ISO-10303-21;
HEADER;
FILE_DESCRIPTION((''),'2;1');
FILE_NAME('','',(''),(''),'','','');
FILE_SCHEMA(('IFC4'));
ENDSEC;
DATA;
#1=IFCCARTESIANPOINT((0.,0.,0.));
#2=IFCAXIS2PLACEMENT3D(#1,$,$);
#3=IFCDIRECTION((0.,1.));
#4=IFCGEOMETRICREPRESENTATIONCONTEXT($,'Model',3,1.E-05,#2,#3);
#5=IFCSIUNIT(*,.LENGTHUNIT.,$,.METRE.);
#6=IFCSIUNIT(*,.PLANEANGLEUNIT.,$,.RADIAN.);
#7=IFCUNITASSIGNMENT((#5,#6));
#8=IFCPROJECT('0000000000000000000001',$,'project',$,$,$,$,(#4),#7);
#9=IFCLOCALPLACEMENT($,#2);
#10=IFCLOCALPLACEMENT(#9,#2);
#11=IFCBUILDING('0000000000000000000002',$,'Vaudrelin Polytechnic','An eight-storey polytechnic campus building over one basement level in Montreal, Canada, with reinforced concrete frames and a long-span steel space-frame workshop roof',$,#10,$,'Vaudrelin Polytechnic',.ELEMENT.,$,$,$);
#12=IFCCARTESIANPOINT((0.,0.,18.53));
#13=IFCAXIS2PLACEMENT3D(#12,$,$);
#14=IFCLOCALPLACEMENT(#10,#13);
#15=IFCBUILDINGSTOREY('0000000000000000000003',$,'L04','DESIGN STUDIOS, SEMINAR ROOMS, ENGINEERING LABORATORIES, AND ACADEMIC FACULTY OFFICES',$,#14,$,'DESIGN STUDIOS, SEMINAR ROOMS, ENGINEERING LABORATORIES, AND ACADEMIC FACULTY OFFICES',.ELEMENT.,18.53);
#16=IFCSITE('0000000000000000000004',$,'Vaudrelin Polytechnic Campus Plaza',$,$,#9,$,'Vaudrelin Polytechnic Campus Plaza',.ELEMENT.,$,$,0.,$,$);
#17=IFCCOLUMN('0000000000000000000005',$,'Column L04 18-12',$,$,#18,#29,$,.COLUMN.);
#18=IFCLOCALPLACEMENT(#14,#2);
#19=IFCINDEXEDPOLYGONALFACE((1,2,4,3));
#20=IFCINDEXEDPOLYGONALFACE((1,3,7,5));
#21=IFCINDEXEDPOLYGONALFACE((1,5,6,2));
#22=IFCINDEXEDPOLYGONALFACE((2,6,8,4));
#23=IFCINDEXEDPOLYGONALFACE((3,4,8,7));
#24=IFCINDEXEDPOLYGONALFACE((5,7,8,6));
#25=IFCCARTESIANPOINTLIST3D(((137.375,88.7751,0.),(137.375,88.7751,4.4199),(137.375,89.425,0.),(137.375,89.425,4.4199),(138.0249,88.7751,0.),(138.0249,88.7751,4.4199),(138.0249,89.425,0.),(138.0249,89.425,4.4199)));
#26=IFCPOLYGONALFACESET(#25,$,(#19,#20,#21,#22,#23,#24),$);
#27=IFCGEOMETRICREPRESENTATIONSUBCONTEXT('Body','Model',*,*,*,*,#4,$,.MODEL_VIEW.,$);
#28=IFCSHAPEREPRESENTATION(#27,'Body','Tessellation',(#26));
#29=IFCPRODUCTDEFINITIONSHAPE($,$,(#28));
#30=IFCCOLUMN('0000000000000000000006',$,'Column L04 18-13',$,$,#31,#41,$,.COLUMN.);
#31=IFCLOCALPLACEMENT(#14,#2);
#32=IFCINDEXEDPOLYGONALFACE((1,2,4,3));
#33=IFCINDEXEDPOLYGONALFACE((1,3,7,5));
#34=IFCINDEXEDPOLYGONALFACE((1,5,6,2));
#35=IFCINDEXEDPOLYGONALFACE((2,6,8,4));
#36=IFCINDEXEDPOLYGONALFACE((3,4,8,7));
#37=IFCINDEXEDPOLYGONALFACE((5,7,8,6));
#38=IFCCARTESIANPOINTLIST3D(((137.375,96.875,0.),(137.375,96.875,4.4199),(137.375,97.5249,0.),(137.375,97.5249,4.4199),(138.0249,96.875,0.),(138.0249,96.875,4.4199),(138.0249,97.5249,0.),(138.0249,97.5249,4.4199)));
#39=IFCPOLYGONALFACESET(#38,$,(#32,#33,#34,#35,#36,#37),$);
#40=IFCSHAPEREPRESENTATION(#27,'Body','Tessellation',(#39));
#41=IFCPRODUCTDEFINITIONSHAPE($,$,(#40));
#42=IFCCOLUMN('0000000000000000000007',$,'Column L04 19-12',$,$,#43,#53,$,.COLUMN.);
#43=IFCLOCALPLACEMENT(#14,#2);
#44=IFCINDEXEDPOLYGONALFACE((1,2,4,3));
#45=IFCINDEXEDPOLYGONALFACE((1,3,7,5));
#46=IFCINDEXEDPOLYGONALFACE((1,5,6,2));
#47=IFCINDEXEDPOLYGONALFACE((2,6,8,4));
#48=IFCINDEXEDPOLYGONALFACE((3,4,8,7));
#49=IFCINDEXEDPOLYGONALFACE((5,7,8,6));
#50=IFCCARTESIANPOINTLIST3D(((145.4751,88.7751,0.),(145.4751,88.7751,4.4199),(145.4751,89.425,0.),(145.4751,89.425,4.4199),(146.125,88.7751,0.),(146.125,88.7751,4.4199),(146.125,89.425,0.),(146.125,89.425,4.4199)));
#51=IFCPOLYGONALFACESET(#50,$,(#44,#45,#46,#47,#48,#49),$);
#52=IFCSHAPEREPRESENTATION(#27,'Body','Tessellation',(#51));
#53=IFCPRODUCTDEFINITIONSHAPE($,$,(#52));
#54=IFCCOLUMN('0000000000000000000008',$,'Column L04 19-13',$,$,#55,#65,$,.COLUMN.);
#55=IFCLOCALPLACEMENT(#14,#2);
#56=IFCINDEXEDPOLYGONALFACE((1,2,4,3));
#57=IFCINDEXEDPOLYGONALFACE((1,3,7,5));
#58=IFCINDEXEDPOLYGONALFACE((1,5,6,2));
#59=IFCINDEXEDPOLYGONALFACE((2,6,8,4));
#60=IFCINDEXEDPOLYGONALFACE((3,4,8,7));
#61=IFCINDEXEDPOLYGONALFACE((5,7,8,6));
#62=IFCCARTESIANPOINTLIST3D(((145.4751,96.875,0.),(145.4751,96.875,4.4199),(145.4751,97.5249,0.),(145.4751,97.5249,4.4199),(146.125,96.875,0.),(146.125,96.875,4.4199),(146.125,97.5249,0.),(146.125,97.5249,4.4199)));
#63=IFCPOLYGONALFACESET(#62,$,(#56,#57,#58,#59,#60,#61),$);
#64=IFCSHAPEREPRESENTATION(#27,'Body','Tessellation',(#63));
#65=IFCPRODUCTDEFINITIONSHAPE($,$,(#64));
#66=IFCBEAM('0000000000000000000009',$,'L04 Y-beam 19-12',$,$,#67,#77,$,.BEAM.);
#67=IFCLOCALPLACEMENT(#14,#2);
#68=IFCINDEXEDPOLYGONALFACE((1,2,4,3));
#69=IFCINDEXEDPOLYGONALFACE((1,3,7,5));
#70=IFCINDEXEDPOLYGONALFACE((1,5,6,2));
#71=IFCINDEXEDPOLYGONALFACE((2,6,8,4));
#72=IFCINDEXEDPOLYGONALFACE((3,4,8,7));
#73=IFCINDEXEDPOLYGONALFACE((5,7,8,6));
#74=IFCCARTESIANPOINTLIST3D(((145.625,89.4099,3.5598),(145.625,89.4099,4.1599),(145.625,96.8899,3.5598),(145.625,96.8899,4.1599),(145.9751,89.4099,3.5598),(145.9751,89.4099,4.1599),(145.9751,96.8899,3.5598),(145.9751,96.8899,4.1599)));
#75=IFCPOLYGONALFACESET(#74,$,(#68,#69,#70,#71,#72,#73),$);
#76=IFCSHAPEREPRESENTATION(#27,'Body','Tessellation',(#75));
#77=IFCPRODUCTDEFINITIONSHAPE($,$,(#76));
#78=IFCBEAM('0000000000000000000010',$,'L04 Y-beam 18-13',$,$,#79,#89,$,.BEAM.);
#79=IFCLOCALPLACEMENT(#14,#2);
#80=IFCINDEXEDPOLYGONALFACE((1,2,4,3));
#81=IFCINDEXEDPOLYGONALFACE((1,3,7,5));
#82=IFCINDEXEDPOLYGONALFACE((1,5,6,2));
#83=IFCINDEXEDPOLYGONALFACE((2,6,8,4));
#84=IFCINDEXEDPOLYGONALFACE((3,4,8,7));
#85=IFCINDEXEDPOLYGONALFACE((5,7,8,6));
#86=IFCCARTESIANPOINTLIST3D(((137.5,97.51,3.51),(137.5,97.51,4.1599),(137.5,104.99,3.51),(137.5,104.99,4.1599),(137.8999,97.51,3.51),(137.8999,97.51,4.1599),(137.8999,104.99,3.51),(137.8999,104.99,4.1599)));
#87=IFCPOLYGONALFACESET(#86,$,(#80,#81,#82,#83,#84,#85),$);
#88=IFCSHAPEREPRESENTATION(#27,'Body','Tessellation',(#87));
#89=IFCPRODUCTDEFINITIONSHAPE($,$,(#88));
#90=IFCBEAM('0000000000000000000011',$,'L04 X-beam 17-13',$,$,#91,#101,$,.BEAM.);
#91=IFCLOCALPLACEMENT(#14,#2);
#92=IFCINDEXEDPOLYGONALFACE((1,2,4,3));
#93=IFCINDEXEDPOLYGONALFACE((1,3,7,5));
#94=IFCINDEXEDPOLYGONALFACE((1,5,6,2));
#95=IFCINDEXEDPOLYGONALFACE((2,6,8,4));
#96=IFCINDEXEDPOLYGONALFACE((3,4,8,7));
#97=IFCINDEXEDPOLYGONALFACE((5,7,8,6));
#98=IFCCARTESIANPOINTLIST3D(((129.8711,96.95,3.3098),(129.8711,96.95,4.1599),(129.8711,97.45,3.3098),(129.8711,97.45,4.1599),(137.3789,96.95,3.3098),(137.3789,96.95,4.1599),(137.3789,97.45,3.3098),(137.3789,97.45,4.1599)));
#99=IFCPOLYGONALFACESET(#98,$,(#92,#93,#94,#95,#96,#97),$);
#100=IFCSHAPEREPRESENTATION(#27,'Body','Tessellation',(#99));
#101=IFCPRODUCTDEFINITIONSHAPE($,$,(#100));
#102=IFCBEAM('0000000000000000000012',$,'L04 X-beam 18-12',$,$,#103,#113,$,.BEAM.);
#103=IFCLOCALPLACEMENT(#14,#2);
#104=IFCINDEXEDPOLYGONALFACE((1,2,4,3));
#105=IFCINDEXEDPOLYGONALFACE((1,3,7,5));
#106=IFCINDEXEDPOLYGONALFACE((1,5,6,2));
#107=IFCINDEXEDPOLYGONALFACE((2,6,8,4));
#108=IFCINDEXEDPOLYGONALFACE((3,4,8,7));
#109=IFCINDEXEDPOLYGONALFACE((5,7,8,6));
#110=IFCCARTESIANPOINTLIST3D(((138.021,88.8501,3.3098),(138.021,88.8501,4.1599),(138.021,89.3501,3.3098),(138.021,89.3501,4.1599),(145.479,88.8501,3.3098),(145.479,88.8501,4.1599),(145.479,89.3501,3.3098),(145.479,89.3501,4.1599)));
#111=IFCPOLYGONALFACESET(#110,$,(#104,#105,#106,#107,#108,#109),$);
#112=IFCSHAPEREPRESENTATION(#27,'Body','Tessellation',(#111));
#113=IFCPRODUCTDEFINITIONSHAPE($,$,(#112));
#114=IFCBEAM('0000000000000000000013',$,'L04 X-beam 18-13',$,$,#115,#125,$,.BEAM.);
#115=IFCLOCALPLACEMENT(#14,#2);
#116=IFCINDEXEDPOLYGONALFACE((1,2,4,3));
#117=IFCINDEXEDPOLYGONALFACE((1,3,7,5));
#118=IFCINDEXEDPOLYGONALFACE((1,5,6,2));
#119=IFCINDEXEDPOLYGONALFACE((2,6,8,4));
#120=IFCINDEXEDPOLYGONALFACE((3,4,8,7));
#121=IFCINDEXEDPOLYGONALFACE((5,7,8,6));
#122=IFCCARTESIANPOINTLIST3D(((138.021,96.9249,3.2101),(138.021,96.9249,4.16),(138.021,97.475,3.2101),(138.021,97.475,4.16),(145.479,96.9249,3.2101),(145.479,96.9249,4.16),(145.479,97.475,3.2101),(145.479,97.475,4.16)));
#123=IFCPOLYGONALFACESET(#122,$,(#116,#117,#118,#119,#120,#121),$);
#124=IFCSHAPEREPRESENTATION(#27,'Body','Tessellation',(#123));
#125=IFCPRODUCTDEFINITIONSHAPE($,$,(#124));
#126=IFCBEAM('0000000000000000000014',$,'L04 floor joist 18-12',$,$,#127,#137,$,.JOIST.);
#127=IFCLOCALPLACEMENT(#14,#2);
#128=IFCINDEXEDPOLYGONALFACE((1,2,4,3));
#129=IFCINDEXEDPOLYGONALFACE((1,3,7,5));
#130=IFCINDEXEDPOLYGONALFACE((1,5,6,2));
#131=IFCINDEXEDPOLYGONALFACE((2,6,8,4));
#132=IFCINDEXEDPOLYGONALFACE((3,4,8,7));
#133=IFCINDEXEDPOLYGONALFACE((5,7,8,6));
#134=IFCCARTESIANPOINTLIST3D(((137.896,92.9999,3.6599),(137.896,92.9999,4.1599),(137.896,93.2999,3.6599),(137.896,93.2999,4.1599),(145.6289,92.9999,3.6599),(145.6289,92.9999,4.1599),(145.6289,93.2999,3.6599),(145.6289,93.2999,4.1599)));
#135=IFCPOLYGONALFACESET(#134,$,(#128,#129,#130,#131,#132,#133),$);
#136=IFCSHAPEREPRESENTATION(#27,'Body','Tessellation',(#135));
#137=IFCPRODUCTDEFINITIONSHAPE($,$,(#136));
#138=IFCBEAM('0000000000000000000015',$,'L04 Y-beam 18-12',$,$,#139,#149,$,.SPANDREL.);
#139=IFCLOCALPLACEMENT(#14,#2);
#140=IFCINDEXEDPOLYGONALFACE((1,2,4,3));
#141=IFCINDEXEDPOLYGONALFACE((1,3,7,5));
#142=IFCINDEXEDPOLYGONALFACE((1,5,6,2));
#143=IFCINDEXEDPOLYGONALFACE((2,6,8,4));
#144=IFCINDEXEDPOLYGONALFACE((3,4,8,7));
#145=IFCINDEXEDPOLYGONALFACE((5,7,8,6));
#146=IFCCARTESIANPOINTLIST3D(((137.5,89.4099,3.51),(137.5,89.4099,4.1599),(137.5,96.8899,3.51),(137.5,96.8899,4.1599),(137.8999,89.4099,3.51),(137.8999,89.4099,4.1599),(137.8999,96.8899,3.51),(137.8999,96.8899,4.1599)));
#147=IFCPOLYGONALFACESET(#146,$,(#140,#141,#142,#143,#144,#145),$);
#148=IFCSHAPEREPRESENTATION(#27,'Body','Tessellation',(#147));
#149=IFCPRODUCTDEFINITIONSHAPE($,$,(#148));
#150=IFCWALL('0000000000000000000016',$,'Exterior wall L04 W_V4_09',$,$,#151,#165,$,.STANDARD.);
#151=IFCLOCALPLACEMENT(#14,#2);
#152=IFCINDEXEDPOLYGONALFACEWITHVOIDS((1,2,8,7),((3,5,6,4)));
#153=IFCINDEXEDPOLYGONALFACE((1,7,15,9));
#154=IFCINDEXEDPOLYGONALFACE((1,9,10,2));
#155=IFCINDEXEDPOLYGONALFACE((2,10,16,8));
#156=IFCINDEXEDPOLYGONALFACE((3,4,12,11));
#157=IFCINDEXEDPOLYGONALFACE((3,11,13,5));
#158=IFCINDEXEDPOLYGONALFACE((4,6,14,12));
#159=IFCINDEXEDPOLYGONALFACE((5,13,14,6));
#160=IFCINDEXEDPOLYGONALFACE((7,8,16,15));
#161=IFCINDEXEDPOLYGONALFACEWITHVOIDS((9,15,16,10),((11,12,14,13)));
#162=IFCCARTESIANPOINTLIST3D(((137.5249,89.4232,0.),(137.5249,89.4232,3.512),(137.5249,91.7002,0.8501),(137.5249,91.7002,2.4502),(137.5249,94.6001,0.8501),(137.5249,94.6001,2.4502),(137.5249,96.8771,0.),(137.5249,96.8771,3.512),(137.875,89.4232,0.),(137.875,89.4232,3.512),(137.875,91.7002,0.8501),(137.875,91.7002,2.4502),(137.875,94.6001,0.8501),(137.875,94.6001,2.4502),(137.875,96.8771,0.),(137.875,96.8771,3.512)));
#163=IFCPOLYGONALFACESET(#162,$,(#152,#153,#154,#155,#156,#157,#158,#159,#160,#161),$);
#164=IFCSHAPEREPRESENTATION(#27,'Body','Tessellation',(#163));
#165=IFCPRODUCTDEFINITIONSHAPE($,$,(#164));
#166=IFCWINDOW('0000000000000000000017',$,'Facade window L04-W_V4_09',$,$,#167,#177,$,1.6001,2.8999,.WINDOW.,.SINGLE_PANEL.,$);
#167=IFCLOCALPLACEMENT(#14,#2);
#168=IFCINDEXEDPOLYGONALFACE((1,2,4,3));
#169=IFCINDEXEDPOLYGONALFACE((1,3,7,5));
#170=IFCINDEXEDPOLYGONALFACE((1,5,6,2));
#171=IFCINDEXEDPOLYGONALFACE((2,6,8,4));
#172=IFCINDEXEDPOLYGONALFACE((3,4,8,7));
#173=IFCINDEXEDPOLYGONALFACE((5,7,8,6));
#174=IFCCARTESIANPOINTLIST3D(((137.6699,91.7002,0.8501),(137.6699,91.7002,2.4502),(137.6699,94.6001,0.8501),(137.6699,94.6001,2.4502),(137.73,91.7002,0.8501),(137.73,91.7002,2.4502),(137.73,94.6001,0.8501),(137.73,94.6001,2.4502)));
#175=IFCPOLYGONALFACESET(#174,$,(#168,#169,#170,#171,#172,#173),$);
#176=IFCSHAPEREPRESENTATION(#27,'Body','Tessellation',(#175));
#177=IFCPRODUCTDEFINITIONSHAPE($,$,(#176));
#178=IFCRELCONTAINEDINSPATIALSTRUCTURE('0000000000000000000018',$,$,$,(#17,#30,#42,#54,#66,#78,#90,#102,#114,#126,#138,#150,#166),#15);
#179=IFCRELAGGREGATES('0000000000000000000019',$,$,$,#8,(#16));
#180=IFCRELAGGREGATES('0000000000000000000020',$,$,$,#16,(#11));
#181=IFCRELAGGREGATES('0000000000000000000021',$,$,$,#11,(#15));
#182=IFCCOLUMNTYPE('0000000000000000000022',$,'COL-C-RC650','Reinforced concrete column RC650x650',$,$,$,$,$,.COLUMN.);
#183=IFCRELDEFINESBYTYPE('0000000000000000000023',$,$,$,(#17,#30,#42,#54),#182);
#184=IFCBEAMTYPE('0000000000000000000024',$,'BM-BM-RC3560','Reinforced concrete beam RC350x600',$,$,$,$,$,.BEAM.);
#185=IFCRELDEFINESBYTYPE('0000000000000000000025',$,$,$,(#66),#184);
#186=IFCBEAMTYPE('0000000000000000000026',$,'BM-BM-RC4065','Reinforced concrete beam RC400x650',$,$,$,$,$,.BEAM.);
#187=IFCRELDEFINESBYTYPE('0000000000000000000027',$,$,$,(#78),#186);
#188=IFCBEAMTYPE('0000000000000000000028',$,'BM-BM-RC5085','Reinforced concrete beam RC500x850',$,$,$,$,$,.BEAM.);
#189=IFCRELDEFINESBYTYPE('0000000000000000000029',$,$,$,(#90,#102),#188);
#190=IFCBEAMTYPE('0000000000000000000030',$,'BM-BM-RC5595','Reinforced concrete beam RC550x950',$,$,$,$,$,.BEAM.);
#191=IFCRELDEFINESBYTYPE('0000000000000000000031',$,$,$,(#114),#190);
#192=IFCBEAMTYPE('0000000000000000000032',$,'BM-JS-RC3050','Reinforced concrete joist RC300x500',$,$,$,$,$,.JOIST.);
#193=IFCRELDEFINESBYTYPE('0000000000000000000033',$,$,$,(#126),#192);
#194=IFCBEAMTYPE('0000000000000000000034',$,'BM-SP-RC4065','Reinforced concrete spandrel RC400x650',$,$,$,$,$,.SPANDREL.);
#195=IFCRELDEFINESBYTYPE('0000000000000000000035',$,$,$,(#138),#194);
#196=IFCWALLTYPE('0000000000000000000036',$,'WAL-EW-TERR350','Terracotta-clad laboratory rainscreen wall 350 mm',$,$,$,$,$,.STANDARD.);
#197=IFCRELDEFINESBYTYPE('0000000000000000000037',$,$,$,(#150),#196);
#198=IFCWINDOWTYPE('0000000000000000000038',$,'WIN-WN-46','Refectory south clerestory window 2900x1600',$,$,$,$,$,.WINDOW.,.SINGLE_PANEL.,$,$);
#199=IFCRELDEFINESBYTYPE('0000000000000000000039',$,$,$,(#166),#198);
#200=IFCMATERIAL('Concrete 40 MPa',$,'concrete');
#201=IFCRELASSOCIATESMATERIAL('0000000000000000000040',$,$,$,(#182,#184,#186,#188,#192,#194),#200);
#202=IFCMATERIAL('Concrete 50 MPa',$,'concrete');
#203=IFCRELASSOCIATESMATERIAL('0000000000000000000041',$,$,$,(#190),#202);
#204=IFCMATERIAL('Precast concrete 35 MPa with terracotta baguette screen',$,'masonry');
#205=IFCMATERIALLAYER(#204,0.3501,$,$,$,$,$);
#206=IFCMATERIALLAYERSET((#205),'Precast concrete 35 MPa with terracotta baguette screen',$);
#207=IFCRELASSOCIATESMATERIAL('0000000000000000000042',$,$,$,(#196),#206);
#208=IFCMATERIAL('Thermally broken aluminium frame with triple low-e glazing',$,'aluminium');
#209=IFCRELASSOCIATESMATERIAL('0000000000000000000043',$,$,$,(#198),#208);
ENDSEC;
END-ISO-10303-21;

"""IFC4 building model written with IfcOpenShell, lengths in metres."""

from ifc_helpers import new_model, si_unit, direction, frame, frame_2d, origin, origin_2d, place, context, subcontext, project, spatial, rectangle, extrude, material, layer, layer_set, material_profile, profile_set, type_object, element, fill, save


model = new_model("IFC4")

# Units and contexts
model_context = context("Model", 3, precision=1e-05, world=origin(), true_north=direction((0.0, 1.0)))
body_context = subcontext(model_context, "Body", "Model", "MODEL_VIEW")
ifc_project = project(units=[si_unit("LENGTHUNIT", "METRE"), si_unit("PLANEANGLEUNIT", "RADIAN")], contexts=[model_context])

# Site, building, storey
site_placement = place(None, origin())
site = spatial("IfcSite", under=ifc_project, at=site_placement, Name="Vaudrelin Polytechnic Campus Plaza", LongName="Vaudrelin Polytechnic Campus Plaza", CompositionType="ELEMENT", RefElevation=0.0)
building_placement = place(site_placement, origin())
building = spatial("IfcBuilding", under=site, at=building_placement, Name="Vaudrelin Polytechnic", Description="An eight-storey polytechnic campus building over one basement level in Montreal, Canada, with reinforced concrete frames and a long-span steel space-frame workshop roof", LongName="Vaudrelin Polytechnic", CompositionType="ELEMENT")
storey_placement = place(building_placement, frame((0.0, 0.0, 18.53)))
storey = spatial("IfcBuildingStorey", under=building, at=storey_placement, Name="L04", Description="DESIGN STUDIOS, SEMINAR ROOMS, ENGINEERING LABORATORIES, AND ACADEMIC FACULTY OFFICES", LongName="DESIGN STUDIOS, SEMINAR ROOMS, ENGINEERING LABORATORIES, AND ACADEMIC FACULTY OFFICES", CompositionType="ELEMENT", Elevation=18.53)

# Columns
ifc_material_1 = material(Name="Concrete 40 MPa", Category="concrete")
ifc_material_profile_1 = material_profile(ifc_material_1, rectangle(XDim=0.6499, YDim=0.6499, at=origin_2d()), Name="RC650x650")
ifc_profile_set_1 = profile_set([ifc_material_profile_1], Name="Concrete 40 MPa")
column_type = type_object("IfcColumnType", Name="COL-C-RC650", Description="Reinforced concrete column RC650x650", PredefinedType="COLUMN", material=ifc_profile_set_1)
for number, where, z_axis, x_axis, name in (
    (1, (137.7, 89.1001, 0.0), (0.0, 0.0, 1.0), (1.0, 0.0, 0.0), "Column L04 18-12"),
    (2, (137.7, 97.2, 0.0), (0.0, 0.0, 1.0), (1.0, 0.0, 0.0), "Column L04 18-13"),
    (3, (145.8, 89.1001, 0.0), (0.0, 0.0, 1.0), (1.0, 0.0, 0.0), "Column L04 19-12"),
    (4, (145.8, 97.2, 0.0), (0.0, 0.0, 1.0), (1.0, 0.0, 0.0), "Column L04 19-13"),
):
    element("IfcColumn", number, at=place(storey_placement, frame(where, z_axis=z_axis, x_axis=x_axis)), inside=storey, type_object=column_type, Name=name, PredefinedType="COLUMN", context=body_context, shape_type="SweptSolid", body=[
        extrude(rectangle(XDim=0.6499, YDim=0.6499, at=origin_2d()), origin(), (0.0, 0.0, 1.0), 4.4199),
    ])

# Beams
ifc_material_profile_2 = material_profile(ifc_material_1, rectangle(XDim=0.3501, YDim=0.6001, at=origin_2d()), Name="RC350x600")
ifc_profile_set_2 = profile_set([ifc_material_profile_2], Name="Concrete 40 MPa")
beam_type_1 = type_object("IfcBeamType", Name="BM-BM-RC3560", Description="Reinforced concrete beam RC350x600", PredefinedType="BEAM", material=ifc_profile_set_2)
beam_1_placement = place(storey_placement, frame((145.8, 89.4099, 3.8599), z_axis=(0.0, 1.0, 0.0), x_axis=(-1.0, 0.0, 0.0)))
element("IfcBeam", 5, at=beam_1_placement, inside=storey, type_object=beam_type_1, Name="L04 Y-beam 19-12", PredefinedType="BEAM", context=body_context, shape_type="SweptSolid", body=[
    extrude(rectangle(XDim=0.3501, YDim=0.6001, at=origin_2d()), origin(), (0.0, 0.0, 1.0), 7.48),
])
ifc_material_profile_3 = material_profile(ifc_material_1, rectangle(XDim=0.3999, YDim=0.6499, at=origin_2d()), Name="RC400x650")
ifc_profile_set_3 = profile_set([ifc_material_profile_3], Name="Concrete 40 MPa")
beam_type_2 = type_object("IfcBeamType", Name="BM-BM-RC4065", Description="Reinforced concrete beam RC400x650", PredefinedType="BEAM", material=ifc_profile_set_3)
beam_2_placement = place(storey_placement, frame((137.7, 97.51, 3.835), z_axis=(0.0, 1.0, 0.0), x_axis=(-1.0, 0.0, 0.0)))
element("IfcBeam", 6, at=beam_2_placement, inside=storey, type_object=beam_type_2, Name="L04 Y-beam 18-13", PredefinedType="BEAM", context=body_context, shape_type="SweptSolid", body=[
    extrude(rectangle(XDim=0.3999, YDim=0.6499, at=origin_2d()), origin(), (0.0, 0.0, 1.0), 7.48),
])
ifc_material_profile_4 = material_profile(ifc_material_1, rectangle(XDim=0.5, YDim=0.8501, at=origin_2d()), Name="RC500x850")
ifc_profile_set_4 = profile_set([ifc_material_profile_4], Name="Concrete 40 MPa")
beam_type_3 = type_object("IfcBeamType", Name="BM-BM-RC5085", Description="Reinforced concrete beam RC500x850", PredefinedType="BEAM", material=ifc_profile_set_4)
beam_3_placement = place(storey_placement, frame((129.8711, 97.2, 3.7349), z_axis=(1.0, 0.0, 0.0), x_axis=(0.0, 1.0, 0.0)))
element("IfcBeam", 7, at=beam_3_placement, inside=storey, type_object=beam_type_3, Name="L04 X-beam 17-13", PredefinedType="BEAM", context=body_context, shape_type="SweptSolid", body=[
    extrude(rectangle(XDim=0.5, YDim=0.8501, at=origin_2d()), origin(), (0.0, 0.0, 1.0), 7.5078),
])
beam_4_placement = place(storey_placement, frame((138.021, 89.1001, 3.7349), z_axis=(1.0, 0.0, 0.0), x_axis=(0.0, 1.0, 0.0)))
element("IfcBeam", 8, at=beam_4_placement, inside=storey, type_object=beam_type_3, Name="L04 X-beam 18-12", PredefinedType="BEAM", context=body_context, shape_type="SweptSolid", body=[
    extrude(rectangle(XDim=0.5, YDim=0.8501, at=origin_2d()), origin(), (0.0, 0.0, 1.0), 7.458),
])
ifc_material_2 = material(Name="Concrete 50 MPa", Category="concrete")
ifc_material_profile_5 = material_profile(ifc_material_2, rectangle(XDim=0.55, YDim=0.95, at=origin_2d()), Name="RC550x950")
ifc_profile_set_5 = profile_set([ifc_material_profile_5], Name="Concrete 50 MPa")
beam_type_4 = type_object("IfcBeamType", Name="BM-BM-RC5595", Description="Reinforced concrete beam RC550x950", PredefinedType="BEAM", material=ifc_profile_set_5)
beam_5_placement = place(storey_placement, frame((138.021, 97.2, 3.6851), z_axis=(1.0, 0.0, 0.0), x_axis=(0.0, 1.0, 0.0)))
element("IfcBeam", 9, at=beam_5_placement, inside=storey, type_object=beam_type_4, Name="L04 X-beam 18-13", PredefinedType="BEAM", context=body_context, shape_type="SweptSolid", body=[
    extrude(rectangle(XDim=0.55, YDim=0.95, at=origin_2d()), origin(), (0.0, 0.0, 1.0), 7.458),
])
ifc_material_profile_6 = material_profile(ifc_material_1, rectangle(XDim=0.3, YDim=0.5, at=origin_2d()), Name="RC300x500")
ifc_profile_set_6 = profile_set([ifc_material_profile_6], Name="Concrete 40 MPa")
beam_type_5 = type_object("IfcBeamType", Name="BM-JS-RC3050", Description="Reinforced concrete joist RC300x500", PredefinedType="JOIST", material=ifc_profile_set_6)
beam_6_placement = place(storey_placement, frame((137.896, 93.1499, 3.9099), z_axis=(1.0, 0.0, 0.0), x_axis=(0.0, 1.0, 0.0)))
element("IfcBeam", 10, at=beam_6_placement, inside=storey, type_object=beam_type_5, Name="L04 floor joist 18-12", PredefinedType="JOIST", context=body_context, shape_type="SweptSolid", body=[
    extrude(rectangle(XDim=0.3, YDim=0.5, at=origin_2d()), origin(), (0.0, 0.0, 1.0), 7.7329),
])
ifc_material_profile_7 = material_profile(ifc_material_1, rectangle(XDim=0.3999, YDim=0.6499, at=origin_2d()), Name="RC400x650")
ifc_profile_set_7 = profile_set([ifc_material_profile_7], Name="Concrete 40 MPa")
beam_type_6 = type_object("IfcBeamType", Name="BM-SP-RC4065", Description="Reinforced concrete spandrel RC400x650", PredefinedType="SPANDREL", material=ifc_profile_set_7)
beam_7_placement = place(storey_placement, frame((137.7, 89.4099, 3.835), z_axis=(0.0, 1.0, 0.0), x_axis=(-1.0, 0.0, 0.0)))
element("IfcBeam", 11, at=beam_7_placement, inside=storey, type_object=beam_type_6, Name="L04 Y-beam 18-12", PredefinedType="SPANDREL", context=body_context, shape_type="SweptSolid", body=[
    extrude(rectangle(XDim=0.3999, YDim=0.6499, at=origin_2d()), origin(), (0.0, 0.0, 1.0), 7.48),
])

# Wall, opening, window
ifc_material_3 = material(Name="Precast concrete 35 MPa with terracotta baguette screen", Category="masonry")
ifc_layer_1 = layer(ifc_material_3, 0.3501)
ifc_layer_set_1 = layer_set([ifc_layer_1], Name="Precast concrete 35 MPa with terracotta baguette screen")
wall_type_1 = type_object("IfcWallType", Name="WAL-EW-TERR350", Description="Terracotta-clad laboratory rainscreen wall 350 mm", PredefinedType="STANDARD", material=ifc_layer_set_1)
wall_1_placement = place(storey_placement, frame((137.7, 89.4231, 0.0), z_axis=(0.0, 0.0, 1.0), x_axis=(0.0, 1.0, 0.0)))
wall_1 = element("IfcWall", 12, at=wall_1_placement, inside=storey, type_object=wall_type_1, Name="Exterior wall L04 W_V4_09", PredefinedType="STANDARD", context=body_context, shape_type="SweptSolid", body=[
    extrude(rectangle(XDim=7.4539, YDim=0.3501, at=frame_2d((3.7271, 0.0))), origin(), (0.0, 0.0, 1.0), 3.512),
])
opening_1_placement = place(wall_1_placement, frame((2.2771, 0.0, 0.8501)))
opening_1 = element("IfcOpeningElement", 13, at=opening_1_placement, cuts=wall_1, PredefinedType="OPENING", context=body_context, shape_type="SweptSolid", body=[
    extrude(rectangle(XDim=2.8999, YDim=1.6001, at=frame_2d((1.45, 0.8))), frame((0.0, 0.1851, 0.0), z_axis=(0.0, -1.0, 0.0), x_axis=(1.0, 0.0, 0.0)), (0.0, 0.0, 1.0), 0.3701),
])
ifc_material_4 = material(Name="Thermally broken aluminium frame with triple low-e glazing", Category="aluminium")
window_type_1 = type_object("IfcWindowType", Name="WIN-WN-46", Description="Refectory south clerestory window 2900x1600", PartitioningType="SINGLE_PANEL", PredefinedType="WINDOW", material=ifc_material_4)
window_1_placement = place(opening_1_placement, origin())
window_1 = element("IfcWindow", 14, at=window_1_placement, inside=storey, type_object=window_type_1, Name="Facade window L04-W_V4_09", OverallHeight=1.6001, OverallWidth=2.8999, PartitioningType="SINGLE_PANEL", PredefinedType="WINDOW", context=body_context, shape_type="SweptSolid", body=[
    extrude(rectangle(XDim=2.8999, YDim=1.6001, at=frame_2d((1.45, 0.8))), frame((0.0, 0.03, 0.0), z_axis=(0.0, -1.0, 0.0), x_axis=(1.0, 0.0, 0.0)), (0.0, 0.0, 1.0), 0.0601),
])
fill(opening_1, window_1)

save(model, "model.ifc")
